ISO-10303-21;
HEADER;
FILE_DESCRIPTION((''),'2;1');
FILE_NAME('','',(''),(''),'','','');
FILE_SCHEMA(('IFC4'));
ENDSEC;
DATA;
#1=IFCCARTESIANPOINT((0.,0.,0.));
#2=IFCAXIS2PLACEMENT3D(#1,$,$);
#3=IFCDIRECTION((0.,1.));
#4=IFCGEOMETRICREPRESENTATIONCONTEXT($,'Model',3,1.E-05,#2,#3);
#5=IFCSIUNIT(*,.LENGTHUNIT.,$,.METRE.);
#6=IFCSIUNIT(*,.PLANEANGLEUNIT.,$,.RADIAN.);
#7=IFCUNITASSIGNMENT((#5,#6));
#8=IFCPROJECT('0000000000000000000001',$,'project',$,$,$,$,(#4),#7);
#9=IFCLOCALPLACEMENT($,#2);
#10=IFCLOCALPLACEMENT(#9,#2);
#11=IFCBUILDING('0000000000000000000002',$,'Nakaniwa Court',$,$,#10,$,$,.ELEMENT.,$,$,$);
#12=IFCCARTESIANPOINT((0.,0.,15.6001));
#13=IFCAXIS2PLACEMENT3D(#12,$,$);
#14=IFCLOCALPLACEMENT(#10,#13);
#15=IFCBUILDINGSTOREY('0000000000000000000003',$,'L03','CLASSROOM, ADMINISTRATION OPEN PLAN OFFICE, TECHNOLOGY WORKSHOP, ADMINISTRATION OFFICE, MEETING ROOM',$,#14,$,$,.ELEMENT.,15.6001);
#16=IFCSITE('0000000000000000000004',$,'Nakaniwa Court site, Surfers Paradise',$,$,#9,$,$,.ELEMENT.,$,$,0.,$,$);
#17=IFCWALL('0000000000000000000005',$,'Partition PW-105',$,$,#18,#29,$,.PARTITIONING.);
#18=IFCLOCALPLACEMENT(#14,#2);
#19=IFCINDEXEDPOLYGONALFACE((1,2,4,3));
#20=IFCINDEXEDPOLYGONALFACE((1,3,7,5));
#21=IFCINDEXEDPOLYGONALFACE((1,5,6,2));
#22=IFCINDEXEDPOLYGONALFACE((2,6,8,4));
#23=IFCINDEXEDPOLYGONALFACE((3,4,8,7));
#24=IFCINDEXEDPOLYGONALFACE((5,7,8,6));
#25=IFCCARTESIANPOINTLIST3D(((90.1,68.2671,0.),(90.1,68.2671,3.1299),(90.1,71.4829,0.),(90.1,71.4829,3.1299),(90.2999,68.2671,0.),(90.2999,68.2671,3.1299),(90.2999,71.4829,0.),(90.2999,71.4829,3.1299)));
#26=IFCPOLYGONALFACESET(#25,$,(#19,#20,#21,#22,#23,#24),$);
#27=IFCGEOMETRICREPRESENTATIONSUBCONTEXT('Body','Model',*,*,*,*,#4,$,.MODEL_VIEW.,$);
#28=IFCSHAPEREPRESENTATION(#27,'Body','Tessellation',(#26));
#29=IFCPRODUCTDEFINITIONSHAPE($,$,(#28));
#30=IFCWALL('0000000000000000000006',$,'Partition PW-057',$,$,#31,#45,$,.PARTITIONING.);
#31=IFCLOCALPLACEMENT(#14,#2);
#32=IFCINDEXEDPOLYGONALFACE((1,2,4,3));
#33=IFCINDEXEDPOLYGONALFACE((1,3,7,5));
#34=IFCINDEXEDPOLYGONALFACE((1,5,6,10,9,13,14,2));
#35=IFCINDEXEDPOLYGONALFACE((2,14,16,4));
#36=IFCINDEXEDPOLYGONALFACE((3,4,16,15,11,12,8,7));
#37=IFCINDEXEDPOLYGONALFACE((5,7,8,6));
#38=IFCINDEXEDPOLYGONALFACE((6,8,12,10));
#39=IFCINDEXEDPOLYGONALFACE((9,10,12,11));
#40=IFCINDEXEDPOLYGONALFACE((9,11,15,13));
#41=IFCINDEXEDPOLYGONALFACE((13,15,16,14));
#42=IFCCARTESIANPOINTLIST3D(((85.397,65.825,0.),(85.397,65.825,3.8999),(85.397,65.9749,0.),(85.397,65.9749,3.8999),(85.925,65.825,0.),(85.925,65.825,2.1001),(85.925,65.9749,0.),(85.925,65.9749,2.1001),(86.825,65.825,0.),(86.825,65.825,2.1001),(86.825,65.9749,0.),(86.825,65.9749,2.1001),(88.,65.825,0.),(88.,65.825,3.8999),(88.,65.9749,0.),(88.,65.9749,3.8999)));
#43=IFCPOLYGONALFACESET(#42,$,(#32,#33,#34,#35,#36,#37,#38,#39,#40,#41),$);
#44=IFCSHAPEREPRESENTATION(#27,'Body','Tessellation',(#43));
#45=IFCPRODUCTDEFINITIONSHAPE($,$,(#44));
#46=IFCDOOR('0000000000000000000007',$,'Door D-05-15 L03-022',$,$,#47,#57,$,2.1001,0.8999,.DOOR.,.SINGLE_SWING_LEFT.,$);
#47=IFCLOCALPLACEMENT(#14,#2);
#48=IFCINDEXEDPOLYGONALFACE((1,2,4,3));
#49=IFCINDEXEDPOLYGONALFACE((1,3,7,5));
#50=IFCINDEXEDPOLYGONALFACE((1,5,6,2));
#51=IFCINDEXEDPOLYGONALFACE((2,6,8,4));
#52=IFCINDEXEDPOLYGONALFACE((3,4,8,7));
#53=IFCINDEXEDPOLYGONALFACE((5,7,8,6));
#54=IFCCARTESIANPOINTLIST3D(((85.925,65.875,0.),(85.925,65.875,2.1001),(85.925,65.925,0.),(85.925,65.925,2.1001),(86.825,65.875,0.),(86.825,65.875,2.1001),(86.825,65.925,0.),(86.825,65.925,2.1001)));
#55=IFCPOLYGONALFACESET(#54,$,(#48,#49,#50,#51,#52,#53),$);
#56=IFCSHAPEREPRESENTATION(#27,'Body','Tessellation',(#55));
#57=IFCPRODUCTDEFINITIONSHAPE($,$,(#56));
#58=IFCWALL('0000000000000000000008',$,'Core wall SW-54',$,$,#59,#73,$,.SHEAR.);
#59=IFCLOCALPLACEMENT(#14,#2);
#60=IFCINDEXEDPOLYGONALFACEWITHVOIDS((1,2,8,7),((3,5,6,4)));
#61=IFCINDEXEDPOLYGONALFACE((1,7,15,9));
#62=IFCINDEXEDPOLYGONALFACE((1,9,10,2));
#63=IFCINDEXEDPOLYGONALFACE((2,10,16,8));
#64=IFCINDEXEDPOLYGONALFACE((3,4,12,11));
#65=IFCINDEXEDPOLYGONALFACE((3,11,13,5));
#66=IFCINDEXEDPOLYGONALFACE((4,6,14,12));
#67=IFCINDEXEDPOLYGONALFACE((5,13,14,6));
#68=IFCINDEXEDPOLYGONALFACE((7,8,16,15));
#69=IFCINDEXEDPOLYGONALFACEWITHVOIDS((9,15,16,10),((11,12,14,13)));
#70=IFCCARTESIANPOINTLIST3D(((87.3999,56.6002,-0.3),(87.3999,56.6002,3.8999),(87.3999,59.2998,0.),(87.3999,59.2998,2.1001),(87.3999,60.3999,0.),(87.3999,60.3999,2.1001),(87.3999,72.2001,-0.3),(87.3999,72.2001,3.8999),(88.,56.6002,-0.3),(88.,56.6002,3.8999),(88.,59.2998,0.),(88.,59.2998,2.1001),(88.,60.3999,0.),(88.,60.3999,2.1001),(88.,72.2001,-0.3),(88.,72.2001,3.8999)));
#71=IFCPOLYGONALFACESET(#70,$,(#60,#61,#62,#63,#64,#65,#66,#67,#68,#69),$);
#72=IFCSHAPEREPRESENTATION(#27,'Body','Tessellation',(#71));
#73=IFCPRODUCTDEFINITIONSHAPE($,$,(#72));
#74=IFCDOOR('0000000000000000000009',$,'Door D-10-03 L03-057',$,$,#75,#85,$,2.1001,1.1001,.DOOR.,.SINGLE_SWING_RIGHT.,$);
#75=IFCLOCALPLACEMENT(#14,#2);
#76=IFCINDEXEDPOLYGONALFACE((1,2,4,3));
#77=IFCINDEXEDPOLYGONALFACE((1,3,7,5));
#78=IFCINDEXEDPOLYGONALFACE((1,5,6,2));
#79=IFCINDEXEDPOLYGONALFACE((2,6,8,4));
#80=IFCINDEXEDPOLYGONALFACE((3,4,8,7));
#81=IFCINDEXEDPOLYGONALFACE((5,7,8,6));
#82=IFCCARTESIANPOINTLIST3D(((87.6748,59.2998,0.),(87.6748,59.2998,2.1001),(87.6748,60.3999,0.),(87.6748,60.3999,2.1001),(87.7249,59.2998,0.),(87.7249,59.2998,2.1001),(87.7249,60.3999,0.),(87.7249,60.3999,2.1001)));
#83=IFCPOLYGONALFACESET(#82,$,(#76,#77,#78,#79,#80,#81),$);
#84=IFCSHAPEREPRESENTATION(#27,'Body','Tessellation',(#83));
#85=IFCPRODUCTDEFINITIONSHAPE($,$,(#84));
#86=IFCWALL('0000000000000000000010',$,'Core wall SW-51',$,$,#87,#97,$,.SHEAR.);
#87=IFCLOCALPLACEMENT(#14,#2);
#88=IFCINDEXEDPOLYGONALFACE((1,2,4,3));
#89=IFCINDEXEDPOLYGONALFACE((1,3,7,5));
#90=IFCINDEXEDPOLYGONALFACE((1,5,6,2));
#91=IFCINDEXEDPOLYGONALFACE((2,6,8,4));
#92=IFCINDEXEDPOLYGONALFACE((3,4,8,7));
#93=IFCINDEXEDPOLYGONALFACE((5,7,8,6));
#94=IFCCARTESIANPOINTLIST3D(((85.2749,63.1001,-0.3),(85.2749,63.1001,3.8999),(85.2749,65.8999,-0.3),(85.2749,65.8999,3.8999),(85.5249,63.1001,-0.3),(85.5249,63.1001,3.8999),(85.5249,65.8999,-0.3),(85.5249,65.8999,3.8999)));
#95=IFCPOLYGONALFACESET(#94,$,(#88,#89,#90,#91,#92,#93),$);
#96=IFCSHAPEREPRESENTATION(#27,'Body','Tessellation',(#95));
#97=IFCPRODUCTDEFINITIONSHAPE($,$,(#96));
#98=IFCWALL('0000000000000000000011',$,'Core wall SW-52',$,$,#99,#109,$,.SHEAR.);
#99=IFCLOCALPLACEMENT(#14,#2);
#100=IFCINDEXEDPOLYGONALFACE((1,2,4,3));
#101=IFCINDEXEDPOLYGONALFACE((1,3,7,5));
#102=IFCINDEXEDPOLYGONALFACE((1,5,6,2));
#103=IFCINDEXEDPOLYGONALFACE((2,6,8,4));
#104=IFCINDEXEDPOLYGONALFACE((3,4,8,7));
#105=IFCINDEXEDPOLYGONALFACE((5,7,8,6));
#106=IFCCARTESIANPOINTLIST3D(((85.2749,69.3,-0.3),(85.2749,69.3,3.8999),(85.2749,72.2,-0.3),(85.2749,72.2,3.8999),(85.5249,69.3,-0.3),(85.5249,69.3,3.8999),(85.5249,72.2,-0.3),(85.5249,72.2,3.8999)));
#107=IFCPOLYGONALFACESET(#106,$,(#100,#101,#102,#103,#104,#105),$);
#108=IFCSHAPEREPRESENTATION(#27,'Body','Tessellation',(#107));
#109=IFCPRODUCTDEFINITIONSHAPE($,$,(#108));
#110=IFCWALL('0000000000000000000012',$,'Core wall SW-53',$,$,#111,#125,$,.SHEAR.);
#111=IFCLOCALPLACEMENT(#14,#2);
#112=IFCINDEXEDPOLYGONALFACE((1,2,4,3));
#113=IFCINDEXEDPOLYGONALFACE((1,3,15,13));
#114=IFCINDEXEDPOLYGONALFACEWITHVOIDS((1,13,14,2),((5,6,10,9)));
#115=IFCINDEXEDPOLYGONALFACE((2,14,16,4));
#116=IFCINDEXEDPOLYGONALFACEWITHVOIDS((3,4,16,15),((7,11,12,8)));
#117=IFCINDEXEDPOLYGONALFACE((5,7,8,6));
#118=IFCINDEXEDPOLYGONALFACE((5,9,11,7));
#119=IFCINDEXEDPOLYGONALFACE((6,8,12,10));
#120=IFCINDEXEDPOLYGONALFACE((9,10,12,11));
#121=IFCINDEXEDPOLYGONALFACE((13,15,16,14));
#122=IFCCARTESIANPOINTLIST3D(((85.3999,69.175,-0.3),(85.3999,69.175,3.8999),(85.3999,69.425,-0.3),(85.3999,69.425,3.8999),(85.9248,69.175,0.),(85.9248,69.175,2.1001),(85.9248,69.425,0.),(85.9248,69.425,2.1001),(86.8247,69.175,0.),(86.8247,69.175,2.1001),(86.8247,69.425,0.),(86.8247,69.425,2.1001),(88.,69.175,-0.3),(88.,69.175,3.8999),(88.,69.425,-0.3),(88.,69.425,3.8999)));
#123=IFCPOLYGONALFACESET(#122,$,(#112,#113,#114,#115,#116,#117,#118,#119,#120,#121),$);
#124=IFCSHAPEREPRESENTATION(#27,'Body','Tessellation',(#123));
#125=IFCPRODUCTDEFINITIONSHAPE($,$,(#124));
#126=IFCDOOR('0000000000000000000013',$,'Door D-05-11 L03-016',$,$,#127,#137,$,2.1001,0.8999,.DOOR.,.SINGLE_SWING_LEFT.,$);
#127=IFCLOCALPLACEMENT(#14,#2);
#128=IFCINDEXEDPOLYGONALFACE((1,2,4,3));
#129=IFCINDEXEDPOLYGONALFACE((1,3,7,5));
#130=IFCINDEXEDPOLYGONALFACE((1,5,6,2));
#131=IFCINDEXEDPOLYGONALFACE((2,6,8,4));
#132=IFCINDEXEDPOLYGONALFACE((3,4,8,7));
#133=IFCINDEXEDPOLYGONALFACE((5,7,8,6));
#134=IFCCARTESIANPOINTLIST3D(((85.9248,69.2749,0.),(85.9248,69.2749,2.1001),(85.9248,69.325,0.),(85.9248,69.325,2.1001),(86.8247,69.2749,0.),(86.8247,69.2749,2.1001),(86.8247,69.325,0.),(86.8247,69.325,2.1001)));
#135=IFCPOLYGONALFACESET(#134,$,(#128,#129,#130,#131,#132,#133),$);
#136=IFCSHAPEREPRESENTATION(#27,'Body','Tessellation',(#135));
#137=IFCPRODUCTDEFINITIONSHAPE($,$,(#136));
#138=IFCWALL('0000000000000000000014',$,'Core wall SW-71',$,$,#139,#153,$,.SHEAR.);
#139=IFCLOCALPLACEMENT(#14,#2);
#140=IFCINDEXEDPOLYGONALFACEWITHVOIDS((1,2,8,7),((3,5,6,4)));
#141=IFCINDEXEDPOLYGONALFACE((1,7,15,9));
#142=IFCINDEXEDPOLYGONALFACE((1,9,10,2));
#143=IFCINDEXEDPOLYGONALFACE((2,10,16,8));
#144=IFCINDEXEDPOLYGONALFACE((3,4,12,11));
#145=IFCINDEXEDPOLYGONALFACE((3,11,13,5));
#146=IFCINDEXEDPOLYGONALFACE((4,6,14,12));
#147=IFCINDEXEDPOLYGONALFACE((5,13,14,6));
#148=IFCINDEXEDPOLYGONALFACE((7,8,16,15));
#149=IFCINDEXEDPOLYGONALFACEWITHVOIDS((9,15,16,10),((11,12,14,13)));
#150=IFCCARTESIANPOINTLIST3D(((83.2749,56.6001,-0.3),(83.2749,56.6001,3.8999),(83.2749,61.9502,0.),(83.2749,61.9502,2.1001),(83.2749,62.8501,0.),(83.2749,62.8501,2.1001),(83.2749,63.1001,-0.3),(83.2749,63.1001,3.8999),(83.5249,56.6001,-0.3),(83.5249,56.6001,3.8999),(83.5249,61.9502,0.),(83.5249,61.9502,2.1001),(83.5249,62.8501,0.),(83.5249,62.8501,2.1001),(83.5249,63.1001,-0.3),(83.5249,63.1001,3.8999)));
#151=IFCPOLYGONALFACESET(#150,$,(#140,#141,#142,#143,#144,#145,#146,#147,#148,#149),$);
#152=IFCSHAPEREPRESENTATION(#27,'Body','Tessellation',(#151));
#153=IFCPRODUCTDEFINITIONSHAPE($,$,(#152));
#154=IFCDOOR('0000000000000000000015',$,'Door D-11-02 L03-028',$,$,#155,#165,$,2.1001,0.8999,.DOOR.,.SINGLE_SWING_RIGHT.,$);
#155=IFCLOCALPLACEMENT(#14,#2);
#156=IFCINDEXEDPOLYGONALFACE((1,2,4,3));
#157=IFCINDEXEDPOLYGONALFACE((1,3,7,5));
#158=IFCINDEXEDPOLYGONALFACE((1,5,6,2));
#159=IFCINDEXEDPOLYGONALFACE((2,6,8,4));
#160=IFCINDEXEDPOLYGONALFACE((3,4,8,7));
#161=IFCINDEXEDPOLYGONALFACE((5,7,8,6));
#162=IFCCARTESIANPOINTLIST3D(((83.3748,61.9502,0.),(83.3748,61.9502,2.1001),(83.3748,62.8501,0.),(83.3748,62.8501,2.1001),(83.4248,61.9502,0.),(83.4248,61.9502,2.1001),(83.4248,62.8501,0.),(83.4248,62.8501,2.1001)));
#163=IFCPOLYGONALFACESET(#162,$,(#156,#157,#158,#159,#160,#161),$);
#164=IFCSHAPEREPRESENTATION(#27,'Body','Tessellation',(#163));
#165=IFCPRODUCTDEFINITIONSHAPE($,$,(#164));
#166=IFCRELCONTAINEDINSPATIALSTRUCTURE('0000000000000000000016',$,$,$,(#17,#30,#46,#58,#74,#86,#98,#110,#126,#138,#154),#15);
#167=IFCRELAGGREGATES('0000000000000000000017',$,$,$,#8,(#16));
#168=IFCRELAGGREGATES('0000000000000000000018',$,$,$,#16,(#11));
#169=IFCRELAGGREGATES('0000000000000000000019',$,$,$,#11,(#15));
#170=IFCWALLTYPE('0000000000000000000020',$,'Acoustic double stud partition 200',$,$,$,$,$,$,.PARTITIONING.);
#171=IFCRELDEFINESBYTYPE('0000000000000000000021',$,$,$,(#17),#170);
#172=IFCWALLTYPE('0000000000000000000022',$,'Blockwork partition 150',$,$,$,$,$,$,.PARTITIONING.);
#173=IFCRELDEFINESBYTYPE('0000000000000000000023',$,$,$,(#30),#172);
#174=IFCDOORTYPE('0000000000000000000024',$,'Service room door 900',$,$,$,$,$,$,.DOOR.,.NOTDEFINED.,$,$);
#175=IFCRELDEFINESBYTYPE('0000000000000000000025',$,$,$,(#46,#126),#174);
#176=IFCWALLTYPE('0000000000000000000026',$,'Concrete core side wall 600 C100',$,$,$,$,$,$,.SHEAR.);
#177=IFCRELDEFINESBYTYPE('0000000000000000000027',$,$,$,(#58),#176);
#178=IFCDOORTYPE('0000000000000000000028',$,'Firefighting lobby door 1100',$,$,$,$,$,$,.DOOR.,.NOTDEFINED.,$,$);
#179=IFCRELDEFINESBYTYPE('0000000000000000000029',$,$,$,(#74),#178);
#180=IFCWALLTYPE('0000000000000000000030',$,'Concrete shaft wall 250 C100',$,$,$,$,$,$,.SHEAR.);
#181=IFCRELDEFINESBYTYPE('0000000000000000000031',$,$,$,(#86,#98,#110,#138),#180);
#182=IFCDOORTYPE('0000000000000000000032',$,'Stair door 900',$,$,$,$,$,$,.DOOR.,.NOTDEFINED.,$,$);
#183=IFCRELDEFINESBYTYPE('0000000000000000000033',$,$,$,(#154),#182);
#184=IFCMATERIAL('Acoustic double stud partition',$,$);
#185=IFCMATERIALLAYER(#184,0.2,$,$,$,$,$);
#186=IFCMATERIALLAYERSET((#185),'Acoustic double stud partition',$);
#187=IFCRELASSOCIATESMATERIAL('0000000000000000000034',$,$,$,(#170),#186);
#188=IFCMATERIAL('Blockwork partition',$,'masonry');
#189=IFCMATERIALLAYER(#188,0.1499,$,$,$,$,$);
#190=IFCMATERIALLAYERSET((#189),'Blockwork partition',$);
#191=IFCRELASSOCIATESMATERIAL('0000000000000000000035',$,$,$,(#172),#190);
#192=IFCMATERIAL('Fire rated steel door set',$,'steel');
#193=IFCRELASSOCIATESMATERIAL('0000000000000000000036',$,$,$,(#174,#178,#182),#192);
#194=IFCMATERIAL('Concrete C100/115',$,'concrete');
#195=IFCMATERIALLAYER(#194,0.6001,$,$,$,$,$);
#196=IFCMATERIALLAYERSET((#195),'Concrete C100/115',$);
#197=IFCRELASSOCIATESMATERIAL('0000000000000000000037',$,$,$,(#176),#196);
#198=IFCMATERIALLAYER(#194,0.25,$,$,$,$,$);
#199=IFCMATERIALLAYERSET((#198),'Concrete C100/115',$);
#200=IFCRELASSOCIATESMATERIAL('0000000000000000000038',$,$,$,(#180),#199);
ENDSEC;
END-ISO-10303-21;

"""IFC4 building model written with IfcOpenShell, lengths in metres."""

from ifc_helpers import new_model, si_unit, direction, frame, frame_2d, origin, place, context, subcontext, project, spatial, rectangle, extrude, material, layer, layer_set, type_object, element, fill, save


model = new_model("IFC4")

# Units and contexts
model_context = context("Model", 3, precision=1e-05, world=origin(), true_north=direction((0.0, 1.0)))
body_context = subcontext(model_context, "Body", "Model", "MODEL_VIEW")
ifc_project = project(units=[si_unit("LENGTHUNIT", "METRE"), si_unit("PLANEANGLEUNIT", "RADIAN")], contexts=[model_context])

# Site, building, storey
site_placement = place(None, origin())
site = spatial("IfcSite", under=ifc_project, at=site_placement, Name="Nakaniwa Court site, Surfers Paradise", CompositionType="ELEMENT", RefElevation=0.0)
building_placement = place(site_placement, origin())
building = spatial("IfcBuilding", under=site, at=building_placement, Name="Nakaniwa Court", CompositionType="ELEMENT")
storey_placement = place(building_placement, frame((0.0, 0.0, 15.6001)))
storey = spatial("IfcBuildingStorey", under=building, at=storey_placement, Name="L03", Description="CLASSROOM, ADMINISTRATION OPEN PLAN OFFICE, TECHNOLOGY WORKSHOP, ADMINISTRATION OFFICE, MEETING ROOM", CompositionType="ELEMENT", Elevation=15.6001)

# Shared definitions
ifc_material_1 = material(Name="Concrete C100/115", Category="concrete")

# Wall
ifc_material_2 = material(Name="Acoustic double stud partition")
ifc_layer_1 = layer(ifc_material_2, 0.2)
ifc_layer_set_1 = layer_set([ifc_layer_1], Name="Acoustic double stud partition")
wall_type_1 = type_object("IfcWallType", Name="Acoustic double stud partition 200", PredefinedType="PARTITIONING", material=ifc_layer_set_1)
wall_1_placement = place(storey_placement, frame((90.2, 68.2671, 0.0), z_axis=(0.0, 0.0, 1.0), x_axis=(0.0, 1.0, 0.0)))
element("IfcWall", 1, at=wall_1_placement, inside=storey, type_object=wall_type_1, Name="Partition PW-105", PredefinedType="PARTITIONING", context=body_context, shape_type="SweptSolid", body=[
    extrude(rectangle(XDim=3.2158, YDim=0.2, at=frame_2d((1.6079, 0.0))), origin(), (0.0, 0.0, 1.0), 3.1299),
])

# Walls, openings, doors
ifc_material_3 = material(Name="Blockwork partition", Category="masonry")
ifc_layer_2 = layer(ifc_material_3, 0.1499)
ifc_layer_set_2 = layer_set([ifc_layer_2], Name="Blockwork partition")
wall_type_2 = type_object("IfcWallType", Name="Blockwork partition 150", PredefinedType="PARTITIONING", material=ifc_layer_set_2)
wall_2_placement = place(storey_placement, frame((88.0, 65.8999, 0.0), z_axis=(0.0, 0.0, 1.0), x_axis=(-1.0, 0.0, 0.0)))
wall_2 = element("IfcWall", 2, at=wall_2_placement, inside=storey, type_object=wall_type_2, Name="Partition PW-057", PredefinedType="PARTITIONING", context=body_context, shape_type="SweptSolid", body=[
    extrude(rectangle(XDim=2.603, YDim=0.1499, at=frame_2d((1.3015, 0.0))), origin(), (0.0, 0.0, 1.0), 3.8999),
])
opening_1_placement = place(wall_2_placement, frame((1.175, 0.0, 0.0)))
opening_1 = element("IfcOpeningElement", 3, at=opening_1_placement, cuts=wall_2, PredefinedType="OPENING", context=body_context, shape_type="SweptSolid", body=[
    extrude(rectangle(XDim=0.8999, YDim=2.1001, at=frame_2d((0.45, 1.05))), frame((0.0, 0.085, 0.0), z_axis=(0.0, -1.0, 0.0), x_axis=(1.0, 0.0, 0.0)), (0.0, 0.0, 1.0), 0.1699),
])
ifc_material_4 = material(Name="Fire rated steel door set", Category="steel")
door_type_1 = type_object("IfcDoorType", Name="Service room door 900", OperationType="NOTDEFINED", PredefinedType="DOOR", material=ifc_material_4)
door_1_placement = place(opening_1_placement, origin())
door_1 = element("IfcDoor", 4, at=door_1_placement, inside=storey, type_object=door_type_1, Name="Door D-05-15 L03-022", OperationType="SINGLE_SWING_LEFT", OverallHeight=2.1001, OverallWidth=0.8999, PredefinedType="DOOR", context=body_context, shape_type="SweptSolid", body=[
    extrude(rectangle(XDim=0.8999, YDim=2.1001, at=frame_2d((0.45, 1.05))), frame((0.0, 0.0249, 0.0), z_axis=(0.0, -1.0, 0.0), x_axis=(1.0, 0.0, 0.0)), (0.0, 0.0, 1.0), 0.05),
])
fill(opening_1, door_1)
ifc_layer_3 = layer(ifc_material_1, 0.6001)
ifc_layer_set_3 = layer_set([ifc_layer_3], Name="Concrete C100/115")
wall_type_3 = type_object("IfcWallType", Name="Concrete core side wall 600 C100", PredefinedType="SHEAR", material=ifc_layer_set_3)
wall_3_placement = place(storey_placement, frame((87.7, 72.2, -0.3), z_axis=(0.0, 0.0, 1.0), x_axis=(0.0, -1.0, 0.0)))
wall_3 = element("IfcWall", 5, at=wall_3_placement, inside=storey, type_object=wall_type_3, Name="Core wall SW-54", PredefinedType="SHEAR", context=body_context, shape_type="SweptSolid", body=[
    extrude(rectangle(XDim=15.5999, YDim=0.6001, at=frame_2d((7.7998, 0.0))), origin(), (0.0, 0.0, 1.0), 4.2),
])
opening_2_placement = place(wall_3_placement, frame((11.8, 0.0, 0.3)))
opening_2 = element("IfcOpeningElement", 6, at=opening_2_placement, cuts=wall_3, PredefinedType="OPENING", context=body_context, shape_type="SweptSolid", body=[
    extrude(rectangle(XDim=1.1001, YDim=2.1001, at=frame_2d((0.55, 1.05))), frame((0.0, 0.3101, 0.0), z_axis=(0.0, -1.0, 0.0), x_axis=(1.0, 0.0, 0.0)), (0.0, 0.0, 1.0), 0.6201),
])
door_type_2 = type_object("IfcDoorType", Name="Firefighting lobby door 1100", OperationType="NOTDEFINED", PredefinedType="DOOR", material=ifc_material_4)
door_2_placement = place(opening_2_placement, origin())
door_2 = element("IfcDoor", 7, at=door_2_placement, inside=storey, type_object=door_type_2, Name="Door D-10-03 L03-057", OperationType="SINGLE_SWING_RIGHT", OverallHeight=2.1001, OverallWidth=1.1001, PredefinedType="DOOR", context=body_context, shape_type="SweptSolid", body=[
    extrude(rectangle(XDim=1.1001, YDim=2.1001, at=frame_2d((0.55, 1.05))), frame((0.0, 0.0249, 0.0), z_axis=(0.0, -1.0, 0.0), x_axis=(1.0, 0.0, 0.0)), (0.0, 0.0, 1.0), 0.05),
])
fill(opening_2, door_2)

# Walls
ifc_layer_4 = layer(ifc_material_1, 0.25)
ifc_layer_set_4 = layer_set([ifc_layer_4], Name="Concrete C100/115")
wall_type_4 = type_object("IfcWallType", Name="Concrete shaft wall 250 C100", PredefinedType="SHEAR", material=ifc_layer_set_4)
wall_4_placement = place(storey_placement, frame((85.3999, 63.1001, -0.3), z_axis=(0.0, 0.0, 1.0), x_axis=(0.0, 1.0, 0.0)))
element("IfcWall", 8, at=wall_4_placement, inside=storey, type_object=wall_type_4, Name="Core wall SW-51", PredefinedType="SHEAR", context=body_context, shape_type="SweptSolid", body=[
    extrude(rectangle(XDim=2.7998, YDim=0.25, at=frame_2d((1.3999, 0.0))), origin(), (0.0, 0.0, 1.0), 4.2),
])
wall_5_placement = place(storey_placement, frame((85.3999, 69.3, -0.3), z_axis=(0.0, 0.0, 1.0), x_axis=(0.0, 1.0, 0.0)))
element("IfcWall", 9, at=wall_5_placement, inside=storey, type_object=wall_type_4, Name="Core wall SW-52", PredefinedType="SHEAR", context=body_context, shape_type="SweptSolid", body=[
    extrude(rectangle(XDim=2.8999, YDim=0.25, at=frame_2d((1.45, 0.0))), origin(), (0.0, 0.0, 1.0), 4.2),
])

# Walls, openings, doors
wall_6_placement = place(storey_placement, frame((85.3999, 69.3, -0.3), z_axis=(0.0, 0.0, 1.0), x_axis=(1.0, 0.0, 0.0)))
wall_6 = element("IfcWall", 10, at=wall_6_placement, inside=storey, type_object=wall_type_4, Name="Core wall SW-53", PredefinedType="SHEAR", context=body_context, shape_type="SweptSolid", body=[
    extrude(rectangle(XDim=2.6001, YDim=0.25, at=frame_2d((1.3, 0.0))), origin(), (0.0, 0.0, 1.0), 4.2),
])
opening_3_placement = place(wall_6_placement, frame((0.5249, 0.0, 0.3)))
opening_3 = element("IfcOpeningElement", 11, at=opening_3_placement, cuts=wall_6, PredefinedType="OPENING", context=body_context, shape_type="SweptSolid", body=[
    extrude(rectangle(XDim=0.8999, YDim=2.1001, at=frame_2d((0.45, 1.05))), frame((0.0, 0.135, 0.0), z_axis=(0.0, -1.0, 0.0), x_axis=(1.0, 0.0, 0.0)), (0.0, 0.0, 1.0), 0.27),
])
door_3_placement = place(opening_3_placement, origin())
door_3 = element("IfcDoor", 12, at=door_3_placement, inside=storey, type_object=door_type_1, Name="Door D-05-11 L03-016", OperationType="SINGLE_SWING_LEFT", OverallHeight=2.1001, OverallWidth=0.8999, PredefinedType="DOOR", context=body_context, shape_type="SweptSolid", body=[
    extrude(rectangle(XDim=0.8999, YDim=2.1001, at=frame_2d((0.45, 1.05))), frame((0.0, 0.0249, 0.0), z_axis=(0.0, -1.0, 0.0), x_axis=(1.0, 0.0, 0.0)), (0.0, 0.0, 1.0), 0.05),
])
fill(opening_3, door_3)
wall_7_placement = place(storey_placement, frame((83.3999, 63.1001, -0.3), z_axis=(0.0, 0.0, 1.0), x_axis=(0.0, -1.0, 0.0)))
wall_7 = element("IfcWall", 13, at=wall_7_placement, inside=storey, type_object=wall_type_4, Name="Core wall SW-71", PredefinedType="SHEAR", context=body_context, shape_type="SweptSolid", body=[
    extrude(rectangle(XDim=6.5, YDim=0.25, at=frame_2d((3.25, 0.0))), origin(), (0.0, 0.0, 1.0), 4.2),
])
opening_4_placement = place(wall_7_placement, frame((0.25, 0.0, 0.3)))
opening_4 = element("IfcOpeningElement", 14, at=opening_4_placement, cuts=wall_7, PredefinedType="OPENING", context=body_context, shape_type="SweptSolid", body=[
    extrude(rectangle(XDim=0.8999, YDim=2.1001, at=frame_2d((0.45, 1.05))), frame((0.0, 0.135, 0.0), z_axis=(0.0, -1.0, 0.0), x_axis=(1.0, 0.0, 0.0)), (0.0, 0.0, 1.0), 0.27),
])
door_type_3 = type_object("IfcDoorType", Name="Stair door 900", OperationType="NOTDEFINED", PredefinedType="DOOR", material=ifc_material_4)
door_4_placement = place(opening_4_placement, origin())
door_4 = element("IfcDoor", 15, at=door_4_placement, inside=storey, type_object=door_type_3, Name="Door D-11-02 L03-028", OperationType="SINGLE_SWING_RIGHT", OverallHeight=2.1001, OverallWidth=0.8999, PredefinedType="DOOR", context=body_context, shape_type="SweptSolid", body=[
    extrude(rectangle(XDim=0.8999, YDim=2.1001, at=frame_2d((0.45, 1.05))), frame((0.0, 0.0249, 0.0), z_axis=(0.0, -1.0, 0.0), x_axis=(1.0, 0.0, 0.0)), (0.0, 0.0, 1.0), 0.05),
])
fill(opening_4, door_4)

save(model, "model.ifc")
